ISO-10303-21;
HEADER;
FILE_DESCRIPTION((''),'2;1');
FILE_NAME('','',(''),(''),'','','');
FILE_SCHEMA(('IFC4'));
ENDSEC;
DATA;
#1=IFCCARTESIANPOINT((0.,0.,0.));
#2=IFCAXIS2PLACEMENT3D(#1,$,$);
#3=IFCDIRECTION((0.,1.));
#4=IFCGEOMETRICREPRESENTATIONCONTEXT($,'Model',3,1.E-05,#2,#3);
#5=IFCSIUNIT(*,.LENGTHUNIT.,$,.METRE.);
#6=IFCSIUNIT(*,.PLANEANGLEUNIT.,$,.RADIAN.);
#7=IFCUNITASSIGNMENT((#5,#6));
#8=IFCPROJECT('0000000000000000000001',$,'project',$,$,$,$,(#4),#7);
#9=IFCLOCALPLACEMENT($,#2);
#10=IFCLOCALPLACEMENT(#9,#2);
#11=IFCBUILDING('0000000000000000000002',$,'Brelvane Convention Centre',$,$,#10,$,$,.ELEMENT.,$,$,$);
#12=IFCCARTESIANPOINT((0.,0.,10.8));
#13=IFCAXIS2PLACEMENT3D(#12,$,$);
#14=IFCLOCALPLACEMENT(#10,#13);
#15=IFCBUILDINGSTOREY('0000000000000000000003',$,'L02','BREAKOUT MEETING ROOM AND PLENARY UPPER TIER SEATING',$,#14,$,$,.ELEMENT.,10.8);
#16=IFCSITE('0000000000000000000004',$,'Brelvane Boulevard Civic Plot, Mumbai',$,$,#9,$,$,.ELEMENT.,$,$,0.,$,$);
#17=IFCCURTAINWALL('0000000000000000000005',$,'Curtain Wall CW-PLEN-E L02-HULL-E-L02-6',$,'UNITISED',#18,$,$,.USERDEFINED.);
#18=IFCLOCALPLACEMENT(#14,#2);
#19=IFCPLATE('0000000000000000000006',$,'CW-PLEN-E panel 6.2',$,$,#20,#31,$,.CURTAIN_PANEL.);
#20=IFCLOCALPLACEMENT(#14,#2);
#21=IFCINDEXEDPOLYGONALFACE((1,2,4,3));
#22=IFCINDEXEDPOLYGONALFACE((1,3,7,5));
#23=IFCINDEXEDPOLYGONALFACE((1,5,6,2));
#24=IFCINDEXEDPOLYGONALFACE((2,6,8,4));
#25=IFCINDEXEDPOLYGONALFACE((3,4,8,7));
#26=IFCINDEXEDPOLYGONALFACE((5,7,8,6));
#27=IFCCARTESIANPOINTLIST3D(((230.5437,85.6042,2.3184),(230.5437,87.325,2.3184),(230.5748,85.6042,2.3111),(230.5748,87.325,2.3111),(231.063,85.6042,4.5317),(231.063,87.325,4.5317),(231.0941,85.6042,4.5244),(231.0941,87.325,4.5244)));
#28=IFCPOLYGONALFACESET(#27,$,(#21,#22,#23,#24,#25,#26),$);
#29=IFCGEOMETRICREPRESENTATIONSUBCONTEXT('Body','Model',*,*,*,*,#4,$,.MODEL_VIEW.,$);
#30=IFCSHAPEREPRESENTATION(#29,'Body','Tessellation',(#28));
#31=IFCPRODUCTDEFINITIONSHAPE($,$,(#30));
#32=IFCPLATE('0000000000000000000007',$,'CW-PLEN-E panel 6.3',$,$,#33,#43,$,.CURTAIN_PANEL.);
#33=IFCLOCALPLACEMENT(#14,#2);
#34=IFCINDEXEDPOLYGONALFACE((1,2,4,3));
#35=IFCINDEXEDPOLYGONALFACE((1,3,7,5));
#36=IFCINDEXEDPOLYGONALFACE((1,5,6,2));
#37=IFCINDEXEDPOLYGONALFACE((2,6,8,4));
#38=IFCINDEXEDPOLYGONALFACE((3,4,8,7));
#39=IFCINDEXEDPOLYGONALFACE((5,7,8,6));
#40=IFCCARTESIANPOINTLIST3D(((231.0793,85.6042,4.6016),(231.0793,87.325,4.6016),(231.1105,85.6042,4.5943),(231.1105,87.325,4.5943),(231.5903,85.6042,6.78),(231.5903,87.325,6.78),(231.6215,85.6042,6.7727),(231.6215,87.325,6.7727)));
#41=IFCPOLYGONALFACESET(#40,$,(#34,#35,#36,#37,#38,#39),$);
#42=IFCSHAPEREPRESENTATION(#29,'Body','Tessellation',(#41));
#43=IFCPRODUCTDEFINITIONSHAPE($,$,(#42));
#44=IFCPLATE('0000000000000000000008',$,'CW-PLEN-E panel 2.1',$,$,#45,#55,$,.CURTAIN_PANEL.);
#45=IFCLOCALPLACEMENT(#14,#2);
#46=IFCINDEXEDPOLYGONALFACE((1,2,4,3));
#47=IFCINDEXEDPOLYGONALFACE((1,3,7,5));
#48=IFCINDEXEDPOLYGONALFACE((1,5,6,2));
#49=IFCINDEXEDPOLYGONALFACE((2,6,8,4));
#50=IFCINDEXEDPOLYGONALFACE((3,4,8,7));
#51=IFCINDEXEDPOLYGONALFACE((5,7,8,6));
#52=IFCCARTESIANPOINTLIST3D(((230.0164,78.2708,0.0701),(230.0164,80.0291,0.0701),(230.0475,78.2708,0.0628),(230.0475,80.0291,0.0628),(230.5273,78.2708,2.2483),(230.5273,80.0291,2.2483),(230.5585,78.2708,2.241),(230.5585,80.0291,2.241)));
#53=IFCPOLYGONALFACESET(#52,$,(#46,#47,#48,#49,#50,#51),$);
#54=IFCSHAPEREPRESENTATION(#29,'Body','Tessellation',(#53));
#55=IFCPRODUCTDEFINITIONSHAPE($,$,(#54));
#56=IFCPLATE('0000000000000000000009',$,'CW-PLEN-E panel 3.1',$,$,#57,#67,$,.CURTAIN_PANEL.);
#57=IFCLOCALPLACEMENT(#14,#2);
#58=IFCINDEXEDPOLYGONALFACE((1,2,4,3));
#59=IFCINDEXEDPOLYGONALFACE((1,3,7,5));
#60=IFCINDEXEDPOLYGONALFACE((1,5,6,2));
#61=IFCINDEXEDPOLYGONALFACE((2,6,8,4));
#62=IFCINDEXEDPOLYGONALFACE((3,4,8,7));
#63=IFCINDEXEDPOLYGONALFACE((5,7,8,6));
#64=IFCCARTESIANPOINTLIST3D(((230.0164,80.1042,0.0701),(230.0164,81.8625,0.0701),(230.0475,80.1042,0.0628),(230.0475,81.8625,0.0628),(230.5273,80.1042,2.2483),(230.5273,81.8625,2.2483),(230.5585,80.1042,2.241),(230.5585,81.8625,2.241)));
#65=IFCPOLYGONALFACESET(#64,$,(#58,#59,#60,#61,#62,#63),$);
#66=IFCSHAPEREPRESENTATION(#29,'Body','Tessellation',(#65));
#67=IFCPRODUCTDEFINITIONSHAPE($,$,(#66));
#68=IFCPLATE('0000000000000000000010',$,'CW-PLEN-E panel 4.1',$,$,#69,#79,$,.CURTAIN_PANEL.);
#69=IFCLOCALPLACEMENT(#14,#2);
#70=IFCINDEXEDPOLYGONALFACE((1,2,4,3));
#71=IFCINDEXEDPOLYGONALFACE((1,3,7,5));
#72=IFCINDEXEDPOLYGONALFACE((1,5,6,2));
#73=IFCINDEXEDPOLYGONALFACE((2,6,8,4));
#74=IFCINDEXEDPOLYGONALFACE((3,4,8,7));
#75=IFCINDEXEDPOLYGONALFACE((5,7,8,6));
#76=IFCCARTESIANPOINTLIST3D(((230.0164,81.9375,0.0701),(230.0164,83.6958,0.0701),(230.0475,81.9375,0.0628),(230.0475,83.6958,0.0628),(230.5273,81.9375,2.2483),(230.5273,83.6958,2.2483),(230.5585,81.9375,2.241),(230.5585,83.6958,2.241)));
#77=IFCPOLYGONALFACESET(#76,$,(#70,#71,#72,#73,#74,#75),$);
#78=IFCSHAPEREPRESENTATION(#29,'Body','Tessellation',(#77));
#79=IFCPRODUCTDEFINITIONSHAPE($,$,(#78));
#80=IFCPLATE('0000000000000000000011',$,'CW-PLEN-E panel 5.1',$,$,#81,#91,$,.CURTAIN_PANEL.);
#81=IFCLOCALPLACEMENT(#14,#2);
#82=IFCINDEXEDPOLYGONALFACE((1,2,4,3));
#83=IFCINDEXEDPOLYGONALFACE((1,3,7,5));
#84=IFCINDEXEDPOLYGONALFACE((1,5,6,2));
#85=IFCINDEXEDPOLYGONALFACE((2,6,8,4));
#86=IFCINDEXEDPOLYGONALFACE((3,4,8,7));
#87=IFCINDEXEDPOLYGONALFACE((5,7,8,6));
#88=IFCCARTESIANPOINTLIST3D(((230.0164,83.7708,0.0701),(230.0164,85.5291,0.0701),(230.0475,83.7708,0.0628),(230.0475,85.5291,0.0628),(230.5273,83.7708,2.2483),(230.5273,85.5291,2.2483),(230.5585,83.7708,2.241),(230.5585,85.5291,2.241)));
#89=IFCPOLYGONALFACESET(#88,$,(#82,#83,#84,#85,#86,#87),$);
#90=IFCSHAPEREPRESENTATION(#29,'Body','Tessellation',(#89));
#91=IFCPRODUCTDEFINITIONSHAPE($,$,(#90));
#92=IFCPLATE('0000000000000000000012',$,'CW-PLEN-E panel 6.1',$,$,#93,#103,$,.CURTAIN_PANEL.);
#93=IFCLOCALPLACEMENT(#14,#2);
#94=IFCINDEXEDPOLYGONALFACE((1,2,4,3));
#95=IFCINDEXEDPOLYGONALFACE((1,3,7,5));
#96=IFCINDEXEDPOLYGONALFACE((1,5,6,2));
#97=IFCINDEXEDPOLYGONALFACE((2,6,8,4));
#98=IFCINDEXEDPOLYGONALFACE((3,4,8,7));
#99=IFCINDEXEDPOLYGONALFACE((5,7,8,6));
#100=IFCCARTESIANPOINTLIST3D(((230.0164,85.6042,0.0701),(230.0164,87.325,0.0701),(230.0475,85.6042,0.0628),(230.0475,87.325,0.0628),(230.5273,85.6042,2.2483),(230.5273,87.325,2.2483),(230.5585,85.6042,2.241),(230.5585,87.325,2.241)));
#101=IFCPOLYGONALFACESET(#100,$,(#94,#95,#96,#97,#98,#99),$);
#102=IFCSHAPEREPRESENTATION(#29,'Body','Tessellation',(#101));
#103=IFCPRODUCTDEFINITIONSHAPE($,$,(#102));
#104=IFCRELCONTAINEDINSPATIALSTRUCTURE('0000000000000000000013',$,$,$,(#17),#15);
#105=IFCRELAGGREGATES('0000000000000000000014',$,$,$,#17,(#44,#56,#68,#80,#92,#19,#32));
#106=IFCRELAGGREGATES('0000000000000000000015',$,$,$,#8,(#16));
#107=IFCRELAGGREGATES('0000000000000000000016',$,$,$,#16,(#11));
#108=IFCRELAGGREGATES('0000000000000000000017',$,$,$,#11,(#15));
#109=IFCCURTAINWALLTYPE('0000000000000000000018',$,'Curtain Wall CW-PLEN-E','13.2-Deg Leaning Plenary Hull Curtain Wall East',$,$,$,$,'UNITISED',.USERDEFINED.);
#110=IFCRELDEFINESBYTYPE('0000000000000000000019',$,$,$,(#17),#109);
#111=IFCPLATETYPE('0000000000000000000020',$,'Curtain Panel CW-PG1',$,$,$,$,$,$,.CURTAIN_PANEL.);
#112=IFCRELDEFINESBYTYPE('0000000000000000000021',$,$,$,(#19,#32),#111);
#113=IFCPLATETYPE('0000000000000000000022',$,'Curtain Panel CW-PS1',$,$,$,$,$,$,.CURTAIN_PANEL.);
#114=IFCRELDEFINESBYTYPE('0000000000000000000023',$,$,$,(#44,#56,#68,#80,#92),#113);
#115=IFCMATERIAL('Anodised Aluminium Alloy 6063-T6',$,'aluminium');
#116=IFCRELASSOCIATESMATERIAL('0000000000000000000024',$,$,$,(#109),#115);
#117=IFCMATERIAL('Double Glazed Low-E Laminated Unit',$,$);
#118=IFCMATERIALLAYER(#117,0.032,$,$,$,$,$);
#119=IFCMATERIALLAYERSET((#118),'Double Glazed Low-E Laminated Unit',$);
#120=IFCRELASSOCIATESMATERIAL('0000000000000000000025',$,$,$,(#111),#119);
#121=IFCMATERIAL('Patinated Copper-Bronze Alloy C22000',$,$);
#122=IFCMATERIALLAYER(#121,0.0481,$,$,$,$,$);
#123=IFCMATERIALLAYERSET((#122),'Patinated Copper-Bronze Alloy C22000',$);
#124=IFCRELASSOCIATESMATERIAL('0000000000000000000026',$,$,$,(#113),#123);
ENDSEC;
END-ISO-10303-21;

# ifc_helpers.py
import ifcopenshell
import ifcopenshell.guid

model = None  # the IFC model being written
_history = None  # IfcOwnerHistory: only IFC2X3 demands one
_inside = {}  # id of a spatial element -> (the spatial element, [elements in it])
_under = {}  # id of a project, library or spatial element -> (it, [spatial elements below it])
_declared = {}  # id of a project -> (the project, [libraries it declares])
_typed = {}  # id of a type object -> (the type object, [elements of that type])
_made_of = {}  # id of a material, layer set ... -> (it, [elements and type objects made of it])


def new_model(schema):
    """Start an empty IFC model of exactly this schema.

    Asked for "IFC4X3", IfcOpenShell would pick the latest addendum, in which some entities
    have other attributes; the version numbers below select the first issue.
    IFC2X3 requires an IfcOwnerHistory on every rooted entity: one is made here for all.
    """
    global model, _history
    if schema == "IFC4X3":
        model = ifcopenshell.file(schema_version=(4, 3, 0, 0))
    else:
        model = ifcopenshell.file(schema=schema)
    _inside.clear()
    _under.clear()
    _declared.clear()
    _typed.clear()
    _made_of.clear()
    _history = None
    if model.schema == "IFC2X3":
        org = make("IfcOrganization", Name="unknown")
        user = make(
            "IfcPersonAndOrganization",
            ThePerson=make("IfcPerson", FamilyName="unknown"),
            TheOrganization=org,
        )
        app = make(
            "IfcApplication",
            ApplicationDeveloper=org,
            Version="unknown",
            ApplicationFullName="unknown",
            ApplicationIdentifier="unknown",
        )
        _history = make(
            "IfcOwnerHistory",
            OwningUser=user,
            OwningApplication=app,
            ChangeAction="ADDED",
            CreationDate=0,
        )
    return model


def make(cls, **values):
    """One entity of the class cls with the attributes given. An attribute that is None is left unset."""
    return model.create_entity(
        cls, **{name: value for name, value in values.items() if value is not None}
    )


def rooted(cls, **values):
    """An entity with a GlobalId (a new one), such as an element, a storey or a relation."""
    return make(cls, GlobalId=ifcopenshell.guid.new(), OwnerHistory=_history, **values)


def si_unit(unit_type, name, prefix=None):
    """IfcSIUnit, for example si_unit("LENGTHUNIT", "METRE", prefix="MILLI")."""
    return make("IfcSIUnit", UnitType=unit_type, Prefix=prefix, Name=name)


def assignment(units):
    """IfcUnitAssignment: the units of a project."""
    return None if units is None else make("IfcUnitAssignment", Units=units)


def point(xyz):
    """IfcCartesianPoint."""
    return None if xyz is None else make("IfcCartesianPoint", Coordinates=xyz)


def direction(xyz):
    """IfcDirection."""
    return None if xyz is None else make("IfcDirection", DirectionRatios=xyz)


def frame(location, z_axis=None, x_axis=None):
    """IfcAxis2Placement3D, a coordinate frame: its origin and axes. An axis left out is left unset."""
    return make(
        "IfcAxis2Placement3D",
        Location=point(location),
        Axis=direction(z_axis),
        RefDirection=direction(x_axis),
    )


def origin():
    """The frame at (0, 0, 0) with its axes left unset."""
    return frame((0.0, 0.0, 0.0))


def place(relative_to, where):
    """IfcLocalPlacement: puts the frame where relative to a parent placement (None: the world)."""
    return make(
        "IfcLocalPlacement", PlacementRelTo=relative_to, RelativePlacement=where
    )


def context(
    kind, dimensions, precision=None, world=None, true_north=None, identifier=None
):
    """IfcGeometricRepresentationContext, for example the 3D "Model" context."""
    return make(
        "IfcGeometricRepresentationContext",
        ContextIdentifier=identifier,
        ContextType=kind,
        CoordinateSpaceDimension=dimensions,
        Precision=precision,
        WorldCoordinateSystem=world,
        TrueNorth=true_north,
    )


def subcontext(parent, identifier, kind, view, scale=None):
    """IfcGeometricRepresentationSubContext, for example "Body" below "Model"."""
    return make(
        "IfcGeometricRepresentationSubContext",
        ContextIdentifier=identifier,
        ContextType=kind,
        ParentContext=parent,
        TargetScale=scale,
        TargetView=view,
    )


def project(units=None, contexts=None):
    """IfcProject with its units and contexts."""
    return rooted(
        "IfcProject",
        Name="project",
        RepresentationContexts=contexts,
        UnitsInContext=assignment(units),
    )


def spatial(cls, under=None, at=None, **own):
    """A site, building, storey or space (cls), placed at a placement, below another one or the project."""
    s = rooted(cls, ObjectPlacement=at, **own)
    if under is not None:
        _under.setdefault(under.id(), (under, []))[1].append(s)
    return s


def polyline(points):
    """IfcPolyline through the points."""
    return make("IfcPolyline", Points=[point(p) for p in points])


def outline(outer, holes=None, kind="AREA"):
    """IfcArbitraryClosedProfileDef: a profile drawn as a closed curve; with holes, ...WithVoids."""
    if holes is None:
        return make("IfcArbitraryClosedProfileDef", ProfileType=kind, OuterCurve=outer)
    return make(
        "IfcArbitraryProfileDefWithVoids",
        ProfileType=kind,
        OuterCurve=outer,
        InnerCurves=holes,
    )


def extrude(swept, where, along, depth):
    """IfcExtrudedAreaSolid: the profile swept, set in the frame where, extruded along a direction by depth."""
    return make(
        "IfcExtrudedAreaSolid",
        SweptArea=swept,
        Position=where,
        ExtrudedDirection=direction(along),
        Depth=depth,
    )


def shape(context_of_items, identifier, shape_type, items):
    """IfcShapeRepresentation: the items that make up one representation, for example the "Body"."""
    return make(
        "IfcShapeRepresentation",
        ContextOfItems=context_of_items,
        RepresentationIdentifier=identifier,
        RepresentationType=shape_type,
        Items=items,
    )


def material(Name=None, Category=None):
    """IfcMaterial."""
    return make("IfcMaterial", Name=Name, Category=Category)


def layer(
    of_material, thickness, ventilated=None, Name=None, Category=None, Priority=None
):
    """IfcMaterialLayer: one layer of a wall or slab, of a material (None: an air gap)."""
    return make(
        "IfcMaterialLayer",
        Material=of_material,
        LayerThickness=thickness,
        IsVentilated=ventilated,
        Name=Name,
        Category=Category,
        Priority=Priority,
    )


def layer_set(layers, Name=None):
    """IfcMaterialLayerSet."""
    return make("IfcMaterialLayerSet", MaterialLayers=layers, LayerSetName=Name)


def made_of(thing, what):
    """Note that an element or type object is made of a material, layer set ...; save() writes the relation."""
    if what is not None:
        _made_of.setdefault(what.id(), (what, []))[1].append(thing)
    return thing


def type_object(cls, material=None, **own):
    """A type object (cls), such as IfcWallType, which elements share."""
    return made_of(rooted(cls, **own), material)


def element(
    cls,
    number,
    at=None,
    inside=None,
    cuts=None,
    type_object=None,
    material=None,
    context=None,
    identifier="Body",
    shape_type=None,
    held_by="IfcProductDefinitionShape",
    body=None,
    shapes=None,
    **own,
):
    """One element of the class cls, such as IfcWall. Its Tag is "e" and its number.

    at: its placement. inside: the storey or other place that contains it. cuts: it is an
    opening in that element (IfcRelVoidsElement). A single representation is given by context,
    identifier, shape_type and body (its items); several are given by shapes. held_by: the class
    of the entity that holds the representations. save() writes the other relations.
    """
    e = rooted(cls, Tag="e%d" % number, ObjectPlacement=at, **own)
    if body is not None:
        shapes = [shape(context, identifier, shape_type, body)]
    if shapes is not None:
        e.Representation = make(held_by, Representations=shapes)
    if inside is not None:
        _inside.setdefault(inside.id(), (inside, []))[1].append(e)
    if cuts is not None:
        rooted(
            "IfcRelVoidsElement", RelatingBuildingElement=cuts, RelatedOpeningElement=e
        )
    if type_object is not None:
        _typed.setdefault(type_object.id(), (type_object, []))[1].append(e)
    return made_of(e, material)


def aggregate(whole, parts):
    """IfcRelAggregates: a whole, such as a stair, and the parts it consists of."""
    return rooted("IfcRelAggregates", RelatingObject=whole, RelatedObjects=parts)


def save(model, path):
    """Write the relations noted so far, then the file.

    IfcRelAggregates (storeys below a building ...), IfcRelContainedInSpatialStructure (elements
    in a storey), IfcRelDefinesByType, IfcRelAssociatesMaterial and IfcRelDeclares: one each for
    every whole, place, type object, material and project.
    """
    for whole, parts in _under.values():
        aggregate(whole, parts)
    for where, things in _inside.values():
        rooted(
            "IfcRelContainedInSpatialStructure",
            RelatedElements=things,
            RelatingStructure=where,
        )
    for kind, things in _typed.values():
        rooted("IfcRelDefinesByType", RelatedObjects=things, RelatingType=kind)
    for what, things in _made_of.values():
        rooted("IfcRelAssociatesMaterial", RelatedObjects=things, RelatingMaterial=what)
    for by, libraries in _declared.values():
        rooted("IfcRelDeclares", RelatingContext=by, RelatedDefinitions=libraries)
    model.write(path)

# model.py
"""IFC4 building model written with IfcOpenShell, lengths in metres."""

from ifc_helpers import new_model, si_unit, direction, frame, origin, place, context, subcontext, project, spatial, polyline, outline, extrude, material, layer, layer_set, type_object, element, aggregate, save


model = new_model("IFC4")

# Units and contexts
model_context = context("Model", 3, precision=1e-05, world=origin(), true_north=direction((0.0, 1.0)))
body_context = subcontext(model_context, "Body", "Model", "MODEL_VIEW")
ifc_project = project(units=[si_unit("LENGTHUNIT", "METRE"), si_unit("PLANEANGLEUNIT", "RADIAN")], contexts=[model_context])

# Site, building, storey
site_placement = place(None, origin())
site = spatial("IfcSite", under=ifc_project, at=site_placement, Name="Brelvane Boulevard Civic Plot, Mumbai", CompositionType="ELEMENT", RefElevation=0.0)
building_placement = place(site_placement, origin())
building = spatial("IfcBuilding", under=site, at=building_placement, Name="Brelvane Convention Centre", CompositionType="ELEMENT")
storey_placement = place(building_placement, frame((0.0, 0.0, 10.8)))
storey = spatial("IfcBuildingStorey", under=building, at=storey_placement, Name="L02", Description="BREAKOUT MEETING ROOM AND PLENARY UPPER TIER SEATING", CompositionType="ELEMENT", Elevation=10.8)

# Curtain wall, plates
ifc_material_1 = material(Name="Anodised Aluminium Alloy 6063-T6", Category="aluminium")
curtain_wall_type = type_object("IfcCurtainWallType", Name="Curtain Wall CW-PLEN-E", Description="13.2-Deg Leaning Plenary Hull Curtain Wall East", ElementType="UNITISED", PredefinedType="USERDEFINED", material=ifc_material_1)
curtain_wall_placement = place(storey_placement, origin())
curtain_wall = element("IfcCurtainWall", 1, at=curtain_wall_placement, inside=storey, type_object=curtain_wall_type, Name="Curtain Wall CW-PLEN-E L02-HULL-E-L02-6", ObjectType="UNITISED", PredefinedType="USERDEFINED")
ifc_material_2 = material(Name="Double Glazed Low-E Laminated Unit")
ifc_layer_1 = layer(ifc_material_2, 0.032)
ifc_layer_set_1 = layer_set([ifc_layer_1], Name="Double Glazed Low-E Laminated Unit")
plate_type_1 = type_object("IfcPlateType", Name="Curtain Panel CW-PG1", PredefinedType="CURTAIN_PANEL", material=ifc_layer_set_1)
plate_1_placement = place(storey_placement, frame((230.5437, 85.6042, 2.3184), z_axis=(-0.973565, 0.0, 0.228411), x_axis=(0.0, 1.0, 0.0)))
plate_1 = element("IfcPlate", 2, at=plate_1_placement, type_object=plate_type_1, Name="CW-PLEN-E panel 6.2", PredefinedType="CURTAIN_PANEL", context=body_context, shape_type="SweptSolid", body=[
    extrude(outline(polyline([(0.0, 0.0), (1.7207, 0.0), (1.7207, -2.2735), (0.0, -2.2735), (0.0, 0.0)])), origin(), (0.0, 0.0, -1.0), 0.032),
])
plate_2_placement = place(storey_placement, frame((231.0793, 85.6042, 4.6016), z_axis=(-0.973576, 0.0, 0.228364), x_axis=(0.0, 1.0, 0.0)))
plate_2 = element("IfcPlate", 3, at=plate_2_placement, type_object=plate_type_1, Name="CW-PLEN-E panel 6.3", PredefinedType="CURTAIN_PANEL", context=body_context, shape_type="SweptSolid", body=[
    extrude(outline(polyline([(0.0, 0.0), (1.7207, 0.0), (1.7207, -2.2376), (0.0, -2.2376), (0.0, 0.0)])), origin(), (0.0, 0.0, -1.0), 0.032),
])
ifc_material_3 = material(Name="Patinated Copper-Bronze Alloy C22000")
ifc_layer_2 = layer(ifc_material_3, 0.0481)
ifc_layer_set_2 = layer_set([ifc_layer_2], Name="Patinated Copper-Bronze Alloy C22000")
plate_type_2 = type_object("IfcPlateType", Name="Curtain Panel CW-PS1", PredefinedType="CURTAIN_PANEL", material=ifc_layer_set_2)
plate_3_placement = place(storey_placement, frame((230.0164, 78.2708, 0.0701), z_axis=(-0.97357, 0.0, 0.228388), x_axis=(0.0, 1.0, 0.0)))
plate_3 = element("IfcPlate", 4, at=plate_3_placement, type_object=plate_type_2, Name="CW-PLEN-E panel 2.1", PredefinedType="CURTAIN_PANEL", context=body_context, shape_type="SweptSolid", body=[
    extrude(outline(polyline([(0.0, 0.0), (1.7583, 0.0), (1.7583, -2.2374), (0.0, -2.2374), (0.0, 0.0)])), origin(), (0.0, 0.0, -1.0), 0.032),
])
plate_4_placement = place(storey_placement, frame((230.0164, 80.1042, 0.0701), z_axis=(-0.97357, 0.0, 0.228388), x_axis=(0.0, 1.0, 0.0)))
plate_4 = element("IfcPlate", 5, at=plate_4_placement, type_object=plate_type_2, Name="CW-PLEN-E panel 3.1", PredefinedType="CURTAIN_PANEL", context=body_context, shape_type="SweptSolid", body=[
    extrude(outline(polyline([(0.0, 0.0), (1.7583, 0.0), (1.7583, -2.2374), (0.0, -2.2374), (0.0, 0.0)])), origin(), (0.0, 0.0, -1.0), 0.032),
])
plate_5_placement = place(storey_placement, frame((230.0164, 81.9375, 0.0701), z_axis=(-0.97357, 0.0, 0.228388), x_axis=(0.0, 1.0, 0.0)))
plate_5 = element("IfcPlate", 6, at=plate_5_placement, type_object=plate_type_2, Name="CW-PLEN-E panel 4.1", PredefinedType="CURTAIN_PANEL", context=body_context, shape_type="SweptSolid", body=[
    extrude(outline(polyline([(0.0, 0.0), (1.7583, 0.0), (1.7583, -2.2374), (0.0, -2.2374), (0.0, 0.0)])), origin(), (0.0, 0.0, -1.0), 0.032),
])
plate_6_placement = place(storey_placement, frame((230.0164, 83.7708, 0.0701), z_axis=(-0.97357, 0.0, 0.228388), x_axis=(0.0, 1.0, 0.0)))
plate_6 = element("IfcPlate", 7, at=plate_6_placement, type_object=plate_type_2, Name="CW-PLEN-E panel 5.1", PredefinedType="CURTAIN_PANEL", context=body_context, shape_type="SweptSolid", body=[
    extrude(outline(polyline([(0.0, 0.0), (1.7583, 0.0), (1.7583, -2.2374), (0.0, -2.2374), (0.0, 0.0)])), origin(), (0.0, 0.0, -1.0), 0.032),
])
plate_7_placement = place(storey_placement, frame((230.0164, 85.6042, 0.0701), z_axis=(-0.97357, 0.0, 0.228388), x_axis=(0.0, 1.0, 0.0)))
plate_7 = element("IfcPlate", 8, at=plate_7_placement, type_object=plate_type_2, Name="CW-PLEN-E panel 6.1", PredefinedType="CURTAIN_PANEL", context=body_context, shape_type="SweptSolid", body=[
    extrude(outline(polyline([(0.0, 0.0), (1.7207, 0.0), (1.7207, -2.2374), (0.0, -2.2374), (0.0, 0.0)])), origin(), (0.0, 0.0, -1.0), 0.032),
])
aggregate(curtain_wall, [plate_3, plate_4, plate_5, plate_6, plate_7, plate_1, plate_2])

save(model, "model.ifc")
